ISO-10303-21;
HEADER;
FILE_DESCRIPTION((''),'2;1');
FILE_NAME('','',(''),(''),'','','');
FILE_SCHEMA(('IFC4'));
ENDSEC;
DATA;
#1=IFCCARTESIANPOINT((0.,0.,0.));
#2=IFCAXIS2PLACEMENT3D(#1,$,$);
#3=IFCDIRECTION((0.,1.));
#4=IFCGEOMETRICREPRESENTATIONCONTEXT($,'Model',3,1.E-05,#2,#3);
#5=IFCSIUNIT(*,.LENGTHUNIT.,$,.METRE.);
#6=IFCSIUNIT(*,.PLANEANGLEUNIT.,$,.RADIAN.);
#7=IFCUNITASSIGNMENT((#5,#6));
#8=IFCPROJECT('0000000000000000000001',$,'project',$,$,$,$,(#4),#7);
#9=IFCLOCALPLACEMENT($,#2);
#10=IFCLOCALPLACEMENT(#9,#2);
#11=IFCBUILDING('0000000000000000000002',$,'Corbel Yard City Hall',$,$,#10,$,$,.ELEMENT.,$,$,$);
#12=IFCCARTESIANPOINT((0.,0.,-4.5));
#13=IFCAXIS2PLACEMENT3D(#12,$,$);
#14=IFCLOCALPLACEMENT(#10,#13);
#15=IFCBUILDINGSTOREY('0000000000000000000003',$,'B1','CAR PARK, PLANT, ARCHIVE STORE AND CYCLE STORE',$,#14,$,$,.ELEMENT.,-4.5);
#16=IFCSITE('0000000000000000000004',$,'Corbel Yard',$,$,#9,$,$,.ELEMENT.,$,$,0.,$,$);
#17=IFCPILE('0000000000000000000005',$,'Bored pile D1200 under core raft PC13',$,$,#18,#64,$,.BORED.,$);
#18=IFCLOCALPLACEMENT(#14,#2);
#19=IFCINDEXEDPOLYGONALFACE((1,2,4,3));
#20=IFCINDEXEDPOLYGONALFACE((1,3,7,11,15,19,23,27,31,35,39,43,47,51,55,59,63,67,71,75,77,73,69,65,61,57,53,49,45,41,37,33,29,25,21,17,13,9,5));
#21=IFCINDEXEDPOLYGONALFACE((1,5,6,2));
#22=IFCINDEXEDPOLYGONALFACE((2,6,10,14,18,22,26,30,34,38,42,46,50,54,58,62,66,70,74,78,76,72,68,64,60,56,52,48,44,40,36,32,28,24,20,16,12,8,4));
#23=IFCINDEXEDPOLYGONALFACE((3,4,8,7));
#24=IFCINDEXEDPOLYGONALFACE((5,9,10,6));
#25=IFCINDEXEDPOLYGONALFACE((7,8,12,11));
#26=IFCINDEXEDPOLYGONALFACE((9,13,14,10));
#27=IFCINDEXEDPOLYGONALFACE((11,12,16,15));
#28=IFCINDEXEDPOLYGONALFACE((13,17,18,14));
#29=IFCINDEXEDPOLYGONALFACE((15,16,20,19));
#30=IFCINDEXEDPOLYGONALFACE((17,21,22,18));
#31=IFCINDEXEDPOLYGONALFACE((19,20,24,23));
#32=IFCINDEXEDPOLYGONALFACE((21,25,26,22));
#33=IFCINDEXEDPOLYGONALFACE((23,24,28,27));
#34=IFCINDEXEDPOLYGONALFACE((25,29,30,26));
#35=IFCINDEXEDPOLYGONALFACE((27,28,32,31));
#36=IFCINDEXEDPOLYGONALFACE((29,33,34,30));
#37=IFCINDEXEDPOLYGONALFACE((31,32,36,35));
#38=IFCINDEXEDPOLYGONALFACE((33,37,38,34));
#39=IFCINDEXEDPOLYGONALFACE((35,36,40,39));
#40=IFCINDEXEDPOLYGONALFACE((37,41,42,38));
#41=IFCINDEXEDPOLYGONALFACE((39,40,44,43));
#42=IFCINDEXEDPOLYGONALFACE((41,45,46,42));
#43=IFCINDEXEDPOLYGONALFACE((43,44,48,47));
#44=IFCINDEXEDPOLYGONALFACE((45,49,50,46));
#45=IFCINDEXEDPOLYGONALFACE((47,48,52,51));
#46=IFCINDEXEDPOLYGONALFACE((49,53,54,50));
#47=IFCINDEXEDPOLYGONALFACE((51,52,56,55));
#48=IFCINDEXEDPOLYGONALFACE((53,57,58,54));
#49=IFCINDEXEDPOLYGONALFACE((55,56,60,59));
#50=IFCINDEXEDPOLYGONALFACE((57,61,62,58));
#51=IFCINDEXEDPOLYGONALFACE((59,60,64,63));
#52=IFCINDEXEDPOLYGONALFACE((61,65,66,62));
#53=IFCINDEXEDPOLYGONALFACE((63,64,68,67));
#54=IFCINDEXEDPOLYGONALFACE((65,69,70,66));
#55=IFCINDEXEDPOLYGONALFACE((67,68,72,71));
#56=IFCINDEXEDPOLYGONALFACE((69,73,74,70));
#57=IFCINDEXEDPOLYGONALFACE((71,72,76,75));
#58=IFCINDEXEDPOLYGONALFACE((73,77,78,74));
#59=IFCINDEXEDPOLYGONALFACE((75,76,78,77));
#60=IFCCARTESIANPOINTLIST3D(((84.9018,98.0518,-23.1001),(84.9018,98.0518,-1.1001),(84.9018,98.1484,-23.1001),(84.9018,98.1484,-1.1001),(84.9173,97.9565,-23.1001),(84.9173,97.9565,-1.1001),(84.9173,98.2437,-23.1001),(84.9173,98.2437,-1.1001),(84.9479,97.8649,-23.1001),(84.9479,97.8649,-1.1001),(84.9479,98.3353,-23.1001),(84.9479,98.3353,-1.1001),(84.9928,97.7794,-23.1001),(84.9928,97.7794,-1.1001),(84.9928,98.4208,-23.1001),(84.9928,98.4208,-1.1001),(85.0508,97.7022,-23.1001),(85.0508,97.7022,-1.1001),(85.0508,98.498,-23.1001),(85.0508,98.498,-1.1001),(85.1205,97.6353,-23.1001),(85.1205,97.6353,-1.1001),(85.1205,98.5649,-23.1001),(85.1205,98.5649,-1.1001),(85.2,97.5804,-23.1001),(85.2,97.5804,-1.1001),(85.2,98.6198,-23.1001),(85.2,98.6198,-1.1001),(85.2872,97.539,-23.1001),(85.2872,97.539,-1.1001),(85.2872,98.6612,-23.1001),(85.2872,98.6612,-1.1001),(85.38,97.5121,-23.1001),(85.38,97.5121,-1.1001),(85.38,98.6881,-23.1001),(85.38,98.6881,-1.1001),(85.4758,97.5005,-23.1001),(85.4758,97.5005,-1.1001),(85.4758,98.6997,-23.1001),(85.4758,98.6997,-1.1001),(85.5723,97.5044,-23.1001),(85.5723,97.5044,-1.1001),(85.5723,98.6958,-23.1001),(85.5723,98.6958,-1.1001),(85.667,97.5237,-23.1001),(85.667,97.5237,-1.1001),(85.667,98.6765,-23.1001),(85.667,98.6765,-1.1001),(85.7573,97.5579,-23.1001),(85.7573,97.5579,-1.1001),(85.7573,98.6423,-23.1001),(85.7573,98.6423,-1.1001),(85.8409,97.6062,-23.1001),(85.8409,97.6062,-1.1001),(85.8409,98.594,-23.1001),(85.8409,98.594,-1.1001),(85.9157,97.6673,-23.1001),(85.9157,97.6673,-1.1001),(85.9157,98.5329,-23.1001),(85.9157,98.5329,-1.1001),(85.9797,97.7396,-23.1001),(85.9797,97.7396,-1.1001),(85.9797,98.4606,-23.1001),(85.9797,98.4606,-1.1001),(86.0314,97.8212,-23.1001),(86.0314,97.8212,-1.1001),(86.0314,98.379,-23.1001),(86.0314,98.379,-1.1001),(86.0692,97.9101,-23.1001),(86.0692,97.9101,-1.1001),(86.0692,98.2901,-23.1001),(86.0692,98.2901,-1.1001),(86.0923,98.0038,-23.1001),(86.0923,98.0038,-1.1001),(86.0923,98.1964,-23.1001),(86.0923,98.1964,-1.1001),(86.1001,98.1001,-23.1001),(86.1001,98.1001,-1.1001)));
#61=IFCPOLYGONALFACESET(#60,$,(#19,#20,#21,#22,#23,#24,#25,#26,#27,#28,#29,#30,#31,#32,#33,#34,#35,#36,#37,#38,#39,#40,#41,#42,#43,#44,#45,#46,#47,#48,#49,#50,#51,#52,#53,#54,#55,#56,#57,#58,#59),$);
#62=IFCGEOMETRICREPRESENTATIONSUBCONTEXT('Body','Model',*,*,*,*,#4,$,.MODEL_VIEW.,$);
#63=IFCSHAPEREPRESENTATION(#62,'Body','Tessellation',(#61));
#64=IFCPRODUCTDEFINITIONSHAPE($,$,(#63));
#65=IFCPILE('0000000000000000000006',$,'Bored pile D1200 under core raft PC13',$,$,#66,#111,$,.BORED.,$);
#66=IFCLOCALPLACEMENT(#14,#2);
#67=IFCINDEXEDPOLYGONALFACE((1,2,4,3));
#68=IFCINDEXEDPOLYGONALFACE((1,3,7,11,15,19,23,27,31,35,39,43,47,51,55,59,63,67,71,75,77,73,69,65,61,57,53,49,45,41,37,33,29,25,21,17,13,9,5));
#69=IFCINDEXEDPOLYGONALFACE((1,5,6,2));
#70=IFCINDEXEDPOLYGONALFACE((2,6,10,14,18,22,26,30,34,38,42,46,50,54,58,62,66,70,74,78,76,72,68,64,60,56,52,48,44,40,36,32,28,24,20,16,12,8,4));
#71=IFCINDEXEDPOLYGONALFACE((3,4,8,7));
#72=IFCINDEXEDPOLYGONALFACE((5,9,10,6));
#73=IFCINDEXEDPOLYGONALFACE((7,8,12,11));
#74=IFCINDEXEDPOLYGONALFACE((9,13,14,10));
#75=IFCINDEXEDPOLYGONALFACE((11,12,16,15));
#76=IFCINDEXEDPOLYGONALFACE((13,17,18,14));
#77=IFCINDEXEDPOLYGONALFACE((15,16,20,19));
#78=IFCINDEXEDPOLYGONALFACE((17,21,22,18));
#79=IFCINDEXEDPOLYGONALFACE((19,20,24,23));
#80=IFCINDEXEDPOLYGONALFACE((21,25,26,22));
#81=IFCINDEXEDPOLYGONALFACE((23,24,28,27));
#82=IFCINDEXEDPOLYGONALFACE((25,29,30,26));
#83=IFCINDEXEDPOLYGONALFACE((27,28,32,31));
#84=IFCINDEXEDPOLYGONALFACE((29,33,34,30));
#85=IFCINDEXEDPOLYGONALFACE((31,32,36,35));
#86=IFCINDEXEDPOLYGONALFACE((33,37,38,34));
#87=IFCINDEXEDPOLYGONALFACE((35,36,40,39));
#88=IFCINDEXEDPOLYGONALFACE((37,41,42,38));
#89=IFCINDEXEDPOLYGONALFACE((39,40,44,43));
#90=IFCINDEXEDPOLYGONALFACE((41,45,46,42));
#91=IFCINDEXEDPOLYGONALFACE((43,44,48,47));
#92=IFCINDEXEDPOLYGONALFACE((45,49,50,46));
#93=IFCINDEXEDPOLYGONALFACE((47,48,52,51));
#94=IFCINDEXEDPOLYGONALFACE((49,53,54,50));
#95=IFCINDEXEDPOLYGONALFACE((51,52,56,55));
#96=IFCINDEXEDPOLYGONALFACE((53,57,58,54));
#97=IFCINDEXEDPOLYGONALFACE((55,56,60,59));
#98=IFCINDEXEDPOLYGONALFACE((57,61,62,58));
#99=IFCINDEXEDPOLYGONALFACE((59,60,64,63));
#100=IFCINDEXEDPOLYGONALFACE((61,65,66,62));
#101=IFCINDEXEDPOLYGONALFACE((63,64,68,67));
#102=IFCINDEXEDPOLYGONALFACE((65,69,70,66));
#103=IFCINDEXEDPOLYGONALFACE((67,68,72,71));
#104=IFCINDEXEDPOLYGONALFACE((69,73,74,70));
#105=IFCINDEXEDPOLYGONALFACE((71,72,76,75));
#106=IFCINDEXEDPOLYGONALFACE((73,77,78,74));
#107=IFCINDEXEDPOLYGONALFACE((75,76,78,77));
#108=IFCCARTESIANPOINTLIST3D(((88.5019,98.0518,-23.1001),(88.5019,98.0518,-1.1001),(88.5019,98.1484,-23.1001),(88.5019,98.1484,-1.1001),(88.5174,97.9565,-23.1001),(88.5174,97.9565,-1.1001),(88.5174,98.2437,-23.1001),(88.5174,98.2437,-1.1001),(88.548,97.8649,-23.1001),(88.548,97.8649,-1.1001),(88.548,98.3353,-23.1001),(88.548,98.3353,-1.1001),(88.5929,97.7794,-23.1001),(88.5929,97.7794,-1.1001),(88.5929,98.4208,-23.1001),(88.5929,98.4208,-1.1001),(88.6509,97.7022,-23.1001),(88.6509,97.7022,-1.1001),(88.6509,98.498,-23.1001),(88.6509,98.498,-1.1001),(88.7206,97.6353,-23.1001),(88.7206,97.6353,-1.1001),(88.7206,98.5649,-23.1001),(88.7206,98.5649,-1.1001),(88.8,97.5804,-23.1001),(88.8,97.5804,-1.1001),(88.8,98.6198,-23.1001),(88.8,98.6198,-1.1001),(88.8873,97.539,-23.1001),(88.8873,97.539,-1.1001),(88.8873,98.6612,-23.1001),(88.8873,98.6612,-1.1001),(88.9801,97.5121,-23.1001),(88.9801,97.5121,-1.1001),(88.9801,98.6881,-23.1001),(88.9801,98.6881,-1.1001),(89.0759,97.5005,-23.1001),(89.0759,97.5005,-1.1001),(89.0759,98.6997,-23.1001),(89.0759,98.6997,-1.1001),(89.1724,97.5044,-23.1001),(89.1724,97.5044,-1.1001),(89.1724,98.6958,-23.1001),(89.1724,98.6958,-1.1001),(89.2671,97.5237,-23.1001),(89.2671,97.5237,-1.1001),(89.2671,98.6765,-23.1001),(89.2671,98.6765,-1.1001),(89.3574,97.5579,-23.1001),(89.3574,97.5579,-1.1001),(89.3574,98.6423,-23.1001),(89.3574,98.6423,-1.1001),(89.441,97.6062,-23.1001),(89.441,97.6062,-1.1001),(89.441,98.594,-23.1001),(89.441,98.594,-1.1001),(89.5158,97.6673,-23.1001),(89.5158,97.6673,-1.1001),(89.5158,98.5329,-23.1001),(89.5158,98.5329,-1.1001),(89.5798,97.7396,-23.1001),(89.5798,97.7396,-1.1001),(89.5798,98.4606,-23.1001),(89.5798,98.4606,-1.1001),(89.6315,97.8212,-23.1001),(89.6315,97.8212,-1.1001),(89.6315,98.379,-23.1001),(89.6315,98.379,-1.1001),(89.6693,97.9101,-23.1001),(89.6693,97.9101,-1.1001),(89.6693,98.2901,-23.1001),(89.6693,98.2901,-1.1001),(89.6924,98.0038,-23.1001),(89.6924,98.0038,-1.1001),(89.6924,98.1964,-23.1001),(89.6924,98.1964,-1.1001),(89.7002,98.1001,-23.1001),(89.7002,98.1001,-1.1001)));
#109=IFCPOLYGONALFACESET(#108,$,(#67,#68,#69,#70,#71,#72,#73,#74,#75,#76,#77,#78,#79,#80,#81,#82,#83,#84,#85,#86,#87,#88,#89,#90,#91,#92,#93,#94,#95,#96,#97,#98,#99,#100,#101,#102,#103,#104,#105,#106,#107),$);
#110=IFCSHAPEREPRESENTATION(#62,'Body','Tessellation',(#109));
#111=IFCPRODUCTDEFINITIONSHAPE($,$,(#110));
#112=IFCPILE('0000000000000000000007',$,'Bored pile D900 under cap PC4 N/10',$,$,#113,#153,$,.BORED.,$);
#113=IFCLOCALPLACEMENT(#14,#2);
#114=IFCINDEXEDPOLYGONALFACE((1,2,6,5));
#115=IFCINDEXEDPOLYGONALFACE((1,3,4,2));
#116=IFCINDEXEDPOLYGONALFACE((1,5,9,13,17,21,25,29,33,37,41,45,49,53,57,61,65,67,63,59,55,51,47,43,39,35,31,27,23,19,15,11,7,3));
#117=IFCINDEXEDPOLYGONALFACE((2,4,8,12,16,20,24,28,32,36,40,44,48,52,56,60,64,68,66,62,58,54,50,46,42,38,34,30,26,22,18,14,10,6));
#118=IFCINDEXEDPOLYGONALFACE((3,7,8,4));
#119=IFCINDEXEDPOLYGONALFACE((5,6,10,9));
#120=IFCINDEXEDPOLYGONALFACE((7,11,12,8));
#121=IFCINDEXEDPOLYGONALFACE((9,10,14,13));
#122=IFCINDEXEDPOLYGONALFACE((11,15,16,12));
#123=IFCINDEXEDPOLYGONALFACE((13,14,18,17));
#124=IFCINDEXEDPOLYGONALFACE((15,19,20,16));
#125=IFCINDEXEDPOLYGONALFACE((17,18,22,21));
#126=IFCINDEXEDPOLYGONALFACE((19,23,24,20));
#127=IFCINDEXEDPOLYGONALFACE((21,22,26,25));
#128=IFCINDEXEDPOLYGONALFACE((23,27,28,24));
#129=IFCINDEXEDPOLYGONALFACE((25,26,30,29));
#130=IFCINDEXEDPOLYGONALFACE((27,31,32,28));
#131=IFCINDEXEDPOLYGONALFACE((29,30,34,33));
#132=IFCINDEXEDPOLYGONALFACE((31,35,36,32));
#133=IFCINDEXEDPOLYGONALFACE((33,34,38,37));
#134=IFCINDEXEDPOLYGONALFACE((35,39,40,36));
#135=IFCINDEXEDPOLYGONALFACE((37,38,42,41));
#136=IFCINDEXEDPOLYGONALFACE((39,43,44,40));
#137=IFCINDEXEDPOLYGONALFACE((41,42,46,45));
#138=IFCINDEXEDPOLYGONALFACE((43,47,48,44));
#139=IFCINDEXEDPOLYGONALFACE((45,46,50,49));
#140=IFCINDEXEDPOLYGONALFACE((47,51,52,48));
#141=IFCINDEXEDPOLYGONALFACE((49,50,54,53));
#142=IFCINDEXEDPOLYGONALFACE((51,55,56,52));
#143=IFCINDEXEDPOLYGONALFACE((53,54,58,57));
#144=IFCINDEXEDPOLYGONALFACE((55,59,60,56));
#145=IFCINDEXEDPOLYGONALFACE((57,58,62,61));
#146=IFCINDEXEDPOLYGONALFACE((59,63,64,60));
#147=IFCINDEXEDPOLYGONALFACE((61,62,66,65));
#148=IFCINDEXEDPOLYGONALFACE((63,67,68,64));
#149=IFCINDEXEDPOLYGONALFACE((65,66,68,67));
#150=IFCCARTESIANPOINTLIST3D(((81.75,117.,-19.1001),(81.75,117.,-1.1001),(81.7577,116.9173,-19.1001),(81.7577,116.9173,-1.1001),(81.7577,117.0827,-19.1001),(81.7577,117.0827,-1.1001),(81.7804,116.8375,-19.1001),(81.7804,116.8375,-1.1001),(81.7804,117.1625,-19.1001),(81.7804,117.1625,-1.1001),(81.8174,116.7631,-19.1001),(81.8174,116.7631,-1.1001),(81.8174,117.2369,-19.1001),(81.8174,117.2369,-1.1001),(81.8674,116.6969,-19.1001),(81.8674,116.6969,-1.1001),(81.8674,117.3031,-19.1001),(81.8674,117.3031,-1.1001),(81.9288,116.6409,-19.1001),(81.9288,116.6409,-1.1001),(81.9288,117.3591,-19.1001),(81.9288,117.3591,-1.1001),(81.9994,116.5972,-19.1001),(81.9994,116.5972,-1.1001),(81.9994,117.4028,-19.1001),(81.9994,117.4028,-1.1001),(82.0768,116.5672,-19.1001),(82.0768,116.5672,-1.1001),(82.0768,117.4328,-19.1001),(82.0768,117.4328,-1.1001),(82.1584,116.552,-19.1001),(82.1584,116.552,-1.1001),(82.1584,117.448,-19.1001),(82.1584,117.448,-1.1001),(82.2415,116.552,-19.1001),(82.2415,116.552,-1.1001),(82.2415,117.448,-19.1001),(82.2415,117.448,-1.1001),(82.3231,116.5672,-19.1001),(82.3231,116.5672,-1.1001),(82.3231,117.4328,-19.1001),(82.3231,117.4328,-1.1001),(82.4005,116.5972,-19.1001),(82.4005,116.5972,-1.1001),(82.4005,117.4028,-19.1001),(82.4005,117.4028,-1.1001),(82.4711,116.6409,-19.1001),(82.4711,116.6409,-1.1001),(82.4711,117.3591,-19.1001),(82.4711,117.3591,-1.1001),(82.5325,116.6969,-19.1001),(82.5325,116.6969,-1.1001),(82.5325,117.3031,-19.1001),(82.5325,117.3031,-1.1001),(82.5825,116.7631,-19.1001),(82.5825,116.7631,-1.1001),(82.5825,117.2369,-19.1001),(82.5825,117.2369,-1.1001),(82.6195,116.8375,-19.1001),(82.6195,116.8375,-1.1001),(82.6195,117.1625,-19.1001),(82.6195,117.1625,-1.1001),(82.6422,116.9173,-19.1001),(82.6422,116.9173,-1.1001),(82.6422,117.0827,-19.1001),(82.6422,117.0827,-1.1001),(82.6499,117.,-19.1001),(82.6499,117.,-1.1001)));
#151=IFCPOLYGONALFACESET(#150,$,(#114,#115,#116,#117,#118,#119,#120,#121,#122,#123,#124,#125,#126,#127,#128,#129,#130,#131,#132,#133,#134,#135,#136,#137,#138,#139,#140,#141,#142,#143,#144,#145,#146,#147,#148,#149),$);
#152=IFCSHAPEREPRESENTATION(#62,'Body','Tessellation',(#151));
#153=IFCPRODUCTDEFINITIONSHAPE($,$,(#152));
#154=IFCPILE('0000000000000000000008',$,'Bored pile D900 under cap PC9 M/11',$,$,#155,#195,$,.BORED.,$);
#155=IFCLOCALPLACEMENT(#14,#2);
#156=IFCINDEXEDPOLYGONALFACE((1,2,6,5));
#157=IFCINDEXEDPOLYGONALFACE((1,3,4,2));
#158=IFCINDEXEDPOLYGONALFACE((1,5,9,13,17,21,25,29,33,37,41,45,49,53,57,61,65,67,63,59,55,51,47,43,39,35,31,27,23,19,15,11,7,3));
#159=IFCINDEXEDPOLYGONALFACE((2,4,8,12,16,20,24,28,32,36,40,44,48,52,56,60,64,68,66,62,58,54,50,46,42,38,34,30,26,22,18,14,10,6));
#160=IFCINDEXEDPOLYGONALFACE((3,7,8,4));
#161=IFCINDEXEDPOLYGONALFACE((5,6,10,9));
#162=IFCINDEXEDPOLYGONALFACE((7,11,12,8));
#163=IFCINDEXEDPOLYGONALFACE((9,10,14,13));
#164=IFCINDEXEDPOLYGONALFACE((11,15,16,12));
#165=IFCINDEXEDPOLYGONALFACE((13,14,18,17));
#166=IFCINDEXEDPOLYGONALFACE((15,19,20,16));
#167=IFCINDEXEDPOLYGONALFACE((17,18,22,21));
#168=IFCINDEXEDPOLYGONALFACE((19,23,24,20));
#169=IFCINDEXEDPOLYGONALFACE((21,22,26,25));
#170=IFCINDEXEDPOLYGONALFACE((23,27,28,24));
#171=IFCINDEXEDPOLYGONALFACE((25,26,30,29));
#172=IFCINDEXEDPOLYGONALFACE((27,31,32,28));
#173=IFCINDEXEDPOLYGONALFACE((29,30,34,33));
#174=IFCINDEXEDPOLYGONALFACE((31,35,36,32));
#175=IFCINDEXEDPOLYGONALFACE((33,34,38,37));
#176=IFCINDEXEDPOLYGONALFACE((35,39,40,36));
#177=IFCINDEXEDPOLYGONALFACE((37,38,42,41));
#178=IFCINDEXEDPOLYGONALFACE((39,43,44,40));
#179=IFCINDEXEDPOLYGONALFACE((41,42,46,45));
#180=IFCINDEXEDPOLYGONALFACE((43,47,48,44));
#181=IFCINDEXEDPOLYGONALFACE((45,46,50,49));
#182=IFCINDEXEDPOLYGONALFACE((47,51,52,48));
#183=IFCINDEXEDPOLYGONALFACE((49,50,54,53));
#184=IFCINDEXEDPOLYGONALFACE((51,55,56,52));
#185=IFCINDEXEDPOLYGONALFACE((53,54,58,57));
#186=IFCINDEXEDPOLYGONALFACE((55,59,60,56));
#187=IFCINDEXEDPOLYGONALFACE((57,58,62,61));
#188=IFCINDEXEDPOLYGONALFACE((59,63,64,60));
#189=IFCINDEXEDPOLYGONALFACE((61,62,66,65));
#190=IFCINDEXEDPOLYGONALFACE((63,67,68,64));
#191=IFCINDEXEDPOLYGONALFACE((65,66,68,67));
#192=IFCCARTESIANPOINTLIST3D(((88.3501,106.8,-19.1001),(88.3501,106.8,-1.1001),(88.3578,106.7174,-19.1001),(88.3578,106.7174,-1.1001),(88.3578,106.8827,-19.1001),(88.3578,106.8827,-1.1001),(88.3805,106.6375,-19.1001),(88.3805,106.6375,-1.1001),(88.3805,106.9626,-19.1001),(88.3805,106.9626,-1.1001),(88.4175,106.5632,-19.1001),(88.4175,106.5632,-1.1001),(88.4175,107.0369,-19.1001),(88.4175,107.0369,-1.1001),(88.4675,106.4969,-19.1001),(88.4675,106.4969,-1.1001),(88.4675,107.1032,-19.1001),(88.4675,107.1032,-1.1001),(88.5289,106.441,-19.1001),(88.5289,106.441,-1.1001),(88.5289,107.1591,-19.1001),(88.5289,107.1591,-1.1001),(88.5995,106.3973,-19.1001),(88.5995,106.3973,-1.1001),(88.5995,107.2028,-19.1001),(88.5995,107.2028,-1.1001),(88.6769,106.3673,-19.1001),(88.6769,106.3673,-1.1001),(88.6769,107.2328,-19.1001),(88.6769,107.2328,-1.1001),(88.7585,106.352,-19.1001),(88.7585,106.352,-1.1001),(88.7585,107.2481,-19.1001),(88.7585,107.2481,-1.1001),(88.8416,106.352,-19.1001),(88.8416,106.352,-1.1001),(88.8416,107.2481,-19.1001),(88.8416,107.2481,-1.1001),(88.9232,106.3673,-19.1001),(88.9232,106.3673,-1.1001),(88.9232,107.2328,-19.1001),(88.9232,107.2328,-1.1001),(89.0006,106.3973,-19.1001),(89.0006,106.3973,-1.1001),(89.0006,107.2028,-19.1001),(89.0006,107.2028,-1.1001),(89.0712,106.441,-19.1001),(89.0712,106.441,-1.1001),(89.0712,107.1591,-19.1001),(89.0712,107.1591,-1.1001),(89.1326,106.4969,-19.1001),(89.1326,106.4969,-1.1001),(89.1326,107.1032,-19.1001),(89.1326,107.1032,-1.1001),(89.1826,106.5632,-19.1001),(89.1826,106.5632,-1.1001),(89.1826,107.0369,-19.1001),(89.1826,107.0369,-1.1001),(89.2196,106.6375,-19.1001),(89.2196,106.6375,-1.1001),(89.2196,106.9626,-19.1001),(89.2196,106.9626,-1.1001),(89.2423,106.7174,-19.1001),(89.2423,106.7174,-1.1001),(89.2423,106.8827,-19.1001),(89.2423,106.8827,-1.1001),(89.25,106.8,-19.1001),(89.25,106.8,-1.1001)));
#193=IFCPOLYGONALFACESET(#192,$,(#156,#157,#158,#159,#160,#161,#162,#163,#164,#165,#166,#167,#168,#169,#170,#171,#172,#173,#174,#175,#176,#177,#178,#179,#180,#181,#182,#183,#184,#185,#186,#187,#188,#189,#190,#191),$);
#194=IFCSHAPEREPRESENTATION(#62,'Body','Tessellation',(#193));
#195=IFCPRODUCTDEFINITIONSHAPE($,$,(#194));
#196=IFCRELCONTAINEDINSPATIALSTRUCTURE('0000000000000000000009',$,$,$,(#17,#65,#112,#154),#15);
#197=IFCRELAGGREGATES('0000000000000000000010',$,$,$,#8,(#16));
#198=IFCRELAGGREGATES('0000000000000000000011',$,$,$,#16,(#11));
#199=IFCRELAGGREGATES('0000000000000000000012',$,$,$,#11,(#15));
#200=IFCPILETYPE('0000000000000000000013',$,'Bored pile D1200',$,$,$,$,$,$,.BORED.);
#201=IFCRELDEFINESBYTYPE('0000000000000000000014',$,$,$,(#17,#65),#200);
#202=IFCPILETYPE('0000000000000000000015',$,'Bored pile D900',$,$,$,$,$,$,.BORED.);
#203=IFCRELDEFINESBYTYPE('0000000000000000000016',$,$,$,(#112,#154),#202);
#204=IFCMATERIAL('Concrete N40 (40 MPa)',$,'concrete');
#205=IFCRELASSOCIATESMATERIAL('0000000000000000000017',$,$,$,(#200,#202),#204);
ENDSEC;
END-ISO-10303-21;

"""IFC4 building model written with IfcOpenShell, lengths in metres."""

from ifc_helpers import new_model, si_unit, direction, frame, origin, origin_2d, place, context, subcontext, project, spatial, circle, extrude, material, material_profile, profile_set, type_object, element, save


model = new_model("IFC4")

# Units and contexts
model_context = context("Model", 3, precision=1e-05, world=origin(), true_north=direction((0.0, 1.0)))
body_context = subcontext(model_context, "Body", "Model", "MODEL_VIEW")
ifc_project = project(units=[si_unit("LENGTHUNIT", "METRE"), si_unit("PLANEANGLEUNIT", "RADIAN")], contexts=[model_context])

# Site, building, storey
site_placement = place(None, origin())
site = spatial("IfcSite", under=ifc_project, at=site_placement, Name="Corbel Yard", CompositionType="ELEMENT", RefElevation=0.0)
building_placement = place(site_placement, origin())
building = spatial("IfcBuilding", under=site, at=building_placement, Name="Corbel Yard City Hall", CompositionType="ELEMENT")
storey_placement = place(building_placement, frame((0.0, 0.0, -4.5)))
storey = spatial("IfcBuildingStorey", under=building, at=storey_placement, Name="B1", Description="CAR PARK, PLANT, ARCHIVE STORE AND CYCLE STORE", CompositionType="ELEMENT", Elevation=-4.5)

# Piles
ifc_material_1 = material(Name="Concrete N40 (40 MPa)", Category="concrete")
ifc_material_profile_1 = material_profile(ifc_material_1, circle(Radius=0.6001, at=origin_2d()), Name="D1200")
ifc_profile_set_1 = profile_set([ifc_material_profile_1], Name="Concrete N40 (40 MPa)")
pile_type_1 = type_object("IfcPileType", Name="Bored pile D1200", PredefinedType="BORED", material=ifc_profile_set_1)
for number, where, z_axis, x_axis, name in (
    (1, (85.5, 98.1001, -1.1001), (0.0, 0.0, -1.0), (1.0, 0.0, 0.0), "Bored pile D1200 under core raft PC13"),
    (2, (89.1001, 98.1001, -1.1001), (0.0, 0.0, -1.0), (1.0, 0.0, 0.0), "Bored pile D1200 under core raft PC13"),
):
    element("IfcPile", number, at=place(storey_placement, frame(where, z_axis=z_axis, x_axis=x_axis)), inside=storey, type_object=pile_type_1, Name=name, PredefinedType="BORED", context=body_context, shape_type="SweptSolid", body=[
        extrude(circle(Radius=0.6001, at=origin_2d()), origin(), (0.0, 0.0, 1.0), 22.0),
    ])
ifc_material_profile_2 = material_profile(ifc_material_1, circle(Radius=0.45, at=origin_2d()), Name="D900")
ifc_profile_set_2 = profile_set([ifc_material_profile_2], Name="Concrete N40 (40 MPa)")
pile_type_2 = type_object("IfcPileType", Name="Bored pile D900", PredefinedType="BORED", material=ifc_profile_set_2)
for number, where, z_axis, x_axis, name in (
    (3, (82.2, 117.0, -1.1001), (0.0, 0.0, -1.0), (1.0, 0.0, 0.0), "Bored pile D900 under cap PC4 N/10"),
    (4, (88.8, 106.8, -1.1001), (0.0, 0.0, -1.0), (1.0, 0.0, 0.0), "Bored pile D900 under cap PC9 M/11"),
):
    element("IfcPile", number, at=place(storey_placement, frame(where, z_axis=z_axis, x_axis=x_axis)), inside=storey, type_object=pile_type_2, Name=name, PredefinedType="BORED", context=body_context, shape_type="SweptSolid", body=[
        extrude(circle(Radius=0.45, at=origin_2d()), origin(), (0.0, 0.0, 1.0), 18.0),
    ])

save(model, "model.ifc")
